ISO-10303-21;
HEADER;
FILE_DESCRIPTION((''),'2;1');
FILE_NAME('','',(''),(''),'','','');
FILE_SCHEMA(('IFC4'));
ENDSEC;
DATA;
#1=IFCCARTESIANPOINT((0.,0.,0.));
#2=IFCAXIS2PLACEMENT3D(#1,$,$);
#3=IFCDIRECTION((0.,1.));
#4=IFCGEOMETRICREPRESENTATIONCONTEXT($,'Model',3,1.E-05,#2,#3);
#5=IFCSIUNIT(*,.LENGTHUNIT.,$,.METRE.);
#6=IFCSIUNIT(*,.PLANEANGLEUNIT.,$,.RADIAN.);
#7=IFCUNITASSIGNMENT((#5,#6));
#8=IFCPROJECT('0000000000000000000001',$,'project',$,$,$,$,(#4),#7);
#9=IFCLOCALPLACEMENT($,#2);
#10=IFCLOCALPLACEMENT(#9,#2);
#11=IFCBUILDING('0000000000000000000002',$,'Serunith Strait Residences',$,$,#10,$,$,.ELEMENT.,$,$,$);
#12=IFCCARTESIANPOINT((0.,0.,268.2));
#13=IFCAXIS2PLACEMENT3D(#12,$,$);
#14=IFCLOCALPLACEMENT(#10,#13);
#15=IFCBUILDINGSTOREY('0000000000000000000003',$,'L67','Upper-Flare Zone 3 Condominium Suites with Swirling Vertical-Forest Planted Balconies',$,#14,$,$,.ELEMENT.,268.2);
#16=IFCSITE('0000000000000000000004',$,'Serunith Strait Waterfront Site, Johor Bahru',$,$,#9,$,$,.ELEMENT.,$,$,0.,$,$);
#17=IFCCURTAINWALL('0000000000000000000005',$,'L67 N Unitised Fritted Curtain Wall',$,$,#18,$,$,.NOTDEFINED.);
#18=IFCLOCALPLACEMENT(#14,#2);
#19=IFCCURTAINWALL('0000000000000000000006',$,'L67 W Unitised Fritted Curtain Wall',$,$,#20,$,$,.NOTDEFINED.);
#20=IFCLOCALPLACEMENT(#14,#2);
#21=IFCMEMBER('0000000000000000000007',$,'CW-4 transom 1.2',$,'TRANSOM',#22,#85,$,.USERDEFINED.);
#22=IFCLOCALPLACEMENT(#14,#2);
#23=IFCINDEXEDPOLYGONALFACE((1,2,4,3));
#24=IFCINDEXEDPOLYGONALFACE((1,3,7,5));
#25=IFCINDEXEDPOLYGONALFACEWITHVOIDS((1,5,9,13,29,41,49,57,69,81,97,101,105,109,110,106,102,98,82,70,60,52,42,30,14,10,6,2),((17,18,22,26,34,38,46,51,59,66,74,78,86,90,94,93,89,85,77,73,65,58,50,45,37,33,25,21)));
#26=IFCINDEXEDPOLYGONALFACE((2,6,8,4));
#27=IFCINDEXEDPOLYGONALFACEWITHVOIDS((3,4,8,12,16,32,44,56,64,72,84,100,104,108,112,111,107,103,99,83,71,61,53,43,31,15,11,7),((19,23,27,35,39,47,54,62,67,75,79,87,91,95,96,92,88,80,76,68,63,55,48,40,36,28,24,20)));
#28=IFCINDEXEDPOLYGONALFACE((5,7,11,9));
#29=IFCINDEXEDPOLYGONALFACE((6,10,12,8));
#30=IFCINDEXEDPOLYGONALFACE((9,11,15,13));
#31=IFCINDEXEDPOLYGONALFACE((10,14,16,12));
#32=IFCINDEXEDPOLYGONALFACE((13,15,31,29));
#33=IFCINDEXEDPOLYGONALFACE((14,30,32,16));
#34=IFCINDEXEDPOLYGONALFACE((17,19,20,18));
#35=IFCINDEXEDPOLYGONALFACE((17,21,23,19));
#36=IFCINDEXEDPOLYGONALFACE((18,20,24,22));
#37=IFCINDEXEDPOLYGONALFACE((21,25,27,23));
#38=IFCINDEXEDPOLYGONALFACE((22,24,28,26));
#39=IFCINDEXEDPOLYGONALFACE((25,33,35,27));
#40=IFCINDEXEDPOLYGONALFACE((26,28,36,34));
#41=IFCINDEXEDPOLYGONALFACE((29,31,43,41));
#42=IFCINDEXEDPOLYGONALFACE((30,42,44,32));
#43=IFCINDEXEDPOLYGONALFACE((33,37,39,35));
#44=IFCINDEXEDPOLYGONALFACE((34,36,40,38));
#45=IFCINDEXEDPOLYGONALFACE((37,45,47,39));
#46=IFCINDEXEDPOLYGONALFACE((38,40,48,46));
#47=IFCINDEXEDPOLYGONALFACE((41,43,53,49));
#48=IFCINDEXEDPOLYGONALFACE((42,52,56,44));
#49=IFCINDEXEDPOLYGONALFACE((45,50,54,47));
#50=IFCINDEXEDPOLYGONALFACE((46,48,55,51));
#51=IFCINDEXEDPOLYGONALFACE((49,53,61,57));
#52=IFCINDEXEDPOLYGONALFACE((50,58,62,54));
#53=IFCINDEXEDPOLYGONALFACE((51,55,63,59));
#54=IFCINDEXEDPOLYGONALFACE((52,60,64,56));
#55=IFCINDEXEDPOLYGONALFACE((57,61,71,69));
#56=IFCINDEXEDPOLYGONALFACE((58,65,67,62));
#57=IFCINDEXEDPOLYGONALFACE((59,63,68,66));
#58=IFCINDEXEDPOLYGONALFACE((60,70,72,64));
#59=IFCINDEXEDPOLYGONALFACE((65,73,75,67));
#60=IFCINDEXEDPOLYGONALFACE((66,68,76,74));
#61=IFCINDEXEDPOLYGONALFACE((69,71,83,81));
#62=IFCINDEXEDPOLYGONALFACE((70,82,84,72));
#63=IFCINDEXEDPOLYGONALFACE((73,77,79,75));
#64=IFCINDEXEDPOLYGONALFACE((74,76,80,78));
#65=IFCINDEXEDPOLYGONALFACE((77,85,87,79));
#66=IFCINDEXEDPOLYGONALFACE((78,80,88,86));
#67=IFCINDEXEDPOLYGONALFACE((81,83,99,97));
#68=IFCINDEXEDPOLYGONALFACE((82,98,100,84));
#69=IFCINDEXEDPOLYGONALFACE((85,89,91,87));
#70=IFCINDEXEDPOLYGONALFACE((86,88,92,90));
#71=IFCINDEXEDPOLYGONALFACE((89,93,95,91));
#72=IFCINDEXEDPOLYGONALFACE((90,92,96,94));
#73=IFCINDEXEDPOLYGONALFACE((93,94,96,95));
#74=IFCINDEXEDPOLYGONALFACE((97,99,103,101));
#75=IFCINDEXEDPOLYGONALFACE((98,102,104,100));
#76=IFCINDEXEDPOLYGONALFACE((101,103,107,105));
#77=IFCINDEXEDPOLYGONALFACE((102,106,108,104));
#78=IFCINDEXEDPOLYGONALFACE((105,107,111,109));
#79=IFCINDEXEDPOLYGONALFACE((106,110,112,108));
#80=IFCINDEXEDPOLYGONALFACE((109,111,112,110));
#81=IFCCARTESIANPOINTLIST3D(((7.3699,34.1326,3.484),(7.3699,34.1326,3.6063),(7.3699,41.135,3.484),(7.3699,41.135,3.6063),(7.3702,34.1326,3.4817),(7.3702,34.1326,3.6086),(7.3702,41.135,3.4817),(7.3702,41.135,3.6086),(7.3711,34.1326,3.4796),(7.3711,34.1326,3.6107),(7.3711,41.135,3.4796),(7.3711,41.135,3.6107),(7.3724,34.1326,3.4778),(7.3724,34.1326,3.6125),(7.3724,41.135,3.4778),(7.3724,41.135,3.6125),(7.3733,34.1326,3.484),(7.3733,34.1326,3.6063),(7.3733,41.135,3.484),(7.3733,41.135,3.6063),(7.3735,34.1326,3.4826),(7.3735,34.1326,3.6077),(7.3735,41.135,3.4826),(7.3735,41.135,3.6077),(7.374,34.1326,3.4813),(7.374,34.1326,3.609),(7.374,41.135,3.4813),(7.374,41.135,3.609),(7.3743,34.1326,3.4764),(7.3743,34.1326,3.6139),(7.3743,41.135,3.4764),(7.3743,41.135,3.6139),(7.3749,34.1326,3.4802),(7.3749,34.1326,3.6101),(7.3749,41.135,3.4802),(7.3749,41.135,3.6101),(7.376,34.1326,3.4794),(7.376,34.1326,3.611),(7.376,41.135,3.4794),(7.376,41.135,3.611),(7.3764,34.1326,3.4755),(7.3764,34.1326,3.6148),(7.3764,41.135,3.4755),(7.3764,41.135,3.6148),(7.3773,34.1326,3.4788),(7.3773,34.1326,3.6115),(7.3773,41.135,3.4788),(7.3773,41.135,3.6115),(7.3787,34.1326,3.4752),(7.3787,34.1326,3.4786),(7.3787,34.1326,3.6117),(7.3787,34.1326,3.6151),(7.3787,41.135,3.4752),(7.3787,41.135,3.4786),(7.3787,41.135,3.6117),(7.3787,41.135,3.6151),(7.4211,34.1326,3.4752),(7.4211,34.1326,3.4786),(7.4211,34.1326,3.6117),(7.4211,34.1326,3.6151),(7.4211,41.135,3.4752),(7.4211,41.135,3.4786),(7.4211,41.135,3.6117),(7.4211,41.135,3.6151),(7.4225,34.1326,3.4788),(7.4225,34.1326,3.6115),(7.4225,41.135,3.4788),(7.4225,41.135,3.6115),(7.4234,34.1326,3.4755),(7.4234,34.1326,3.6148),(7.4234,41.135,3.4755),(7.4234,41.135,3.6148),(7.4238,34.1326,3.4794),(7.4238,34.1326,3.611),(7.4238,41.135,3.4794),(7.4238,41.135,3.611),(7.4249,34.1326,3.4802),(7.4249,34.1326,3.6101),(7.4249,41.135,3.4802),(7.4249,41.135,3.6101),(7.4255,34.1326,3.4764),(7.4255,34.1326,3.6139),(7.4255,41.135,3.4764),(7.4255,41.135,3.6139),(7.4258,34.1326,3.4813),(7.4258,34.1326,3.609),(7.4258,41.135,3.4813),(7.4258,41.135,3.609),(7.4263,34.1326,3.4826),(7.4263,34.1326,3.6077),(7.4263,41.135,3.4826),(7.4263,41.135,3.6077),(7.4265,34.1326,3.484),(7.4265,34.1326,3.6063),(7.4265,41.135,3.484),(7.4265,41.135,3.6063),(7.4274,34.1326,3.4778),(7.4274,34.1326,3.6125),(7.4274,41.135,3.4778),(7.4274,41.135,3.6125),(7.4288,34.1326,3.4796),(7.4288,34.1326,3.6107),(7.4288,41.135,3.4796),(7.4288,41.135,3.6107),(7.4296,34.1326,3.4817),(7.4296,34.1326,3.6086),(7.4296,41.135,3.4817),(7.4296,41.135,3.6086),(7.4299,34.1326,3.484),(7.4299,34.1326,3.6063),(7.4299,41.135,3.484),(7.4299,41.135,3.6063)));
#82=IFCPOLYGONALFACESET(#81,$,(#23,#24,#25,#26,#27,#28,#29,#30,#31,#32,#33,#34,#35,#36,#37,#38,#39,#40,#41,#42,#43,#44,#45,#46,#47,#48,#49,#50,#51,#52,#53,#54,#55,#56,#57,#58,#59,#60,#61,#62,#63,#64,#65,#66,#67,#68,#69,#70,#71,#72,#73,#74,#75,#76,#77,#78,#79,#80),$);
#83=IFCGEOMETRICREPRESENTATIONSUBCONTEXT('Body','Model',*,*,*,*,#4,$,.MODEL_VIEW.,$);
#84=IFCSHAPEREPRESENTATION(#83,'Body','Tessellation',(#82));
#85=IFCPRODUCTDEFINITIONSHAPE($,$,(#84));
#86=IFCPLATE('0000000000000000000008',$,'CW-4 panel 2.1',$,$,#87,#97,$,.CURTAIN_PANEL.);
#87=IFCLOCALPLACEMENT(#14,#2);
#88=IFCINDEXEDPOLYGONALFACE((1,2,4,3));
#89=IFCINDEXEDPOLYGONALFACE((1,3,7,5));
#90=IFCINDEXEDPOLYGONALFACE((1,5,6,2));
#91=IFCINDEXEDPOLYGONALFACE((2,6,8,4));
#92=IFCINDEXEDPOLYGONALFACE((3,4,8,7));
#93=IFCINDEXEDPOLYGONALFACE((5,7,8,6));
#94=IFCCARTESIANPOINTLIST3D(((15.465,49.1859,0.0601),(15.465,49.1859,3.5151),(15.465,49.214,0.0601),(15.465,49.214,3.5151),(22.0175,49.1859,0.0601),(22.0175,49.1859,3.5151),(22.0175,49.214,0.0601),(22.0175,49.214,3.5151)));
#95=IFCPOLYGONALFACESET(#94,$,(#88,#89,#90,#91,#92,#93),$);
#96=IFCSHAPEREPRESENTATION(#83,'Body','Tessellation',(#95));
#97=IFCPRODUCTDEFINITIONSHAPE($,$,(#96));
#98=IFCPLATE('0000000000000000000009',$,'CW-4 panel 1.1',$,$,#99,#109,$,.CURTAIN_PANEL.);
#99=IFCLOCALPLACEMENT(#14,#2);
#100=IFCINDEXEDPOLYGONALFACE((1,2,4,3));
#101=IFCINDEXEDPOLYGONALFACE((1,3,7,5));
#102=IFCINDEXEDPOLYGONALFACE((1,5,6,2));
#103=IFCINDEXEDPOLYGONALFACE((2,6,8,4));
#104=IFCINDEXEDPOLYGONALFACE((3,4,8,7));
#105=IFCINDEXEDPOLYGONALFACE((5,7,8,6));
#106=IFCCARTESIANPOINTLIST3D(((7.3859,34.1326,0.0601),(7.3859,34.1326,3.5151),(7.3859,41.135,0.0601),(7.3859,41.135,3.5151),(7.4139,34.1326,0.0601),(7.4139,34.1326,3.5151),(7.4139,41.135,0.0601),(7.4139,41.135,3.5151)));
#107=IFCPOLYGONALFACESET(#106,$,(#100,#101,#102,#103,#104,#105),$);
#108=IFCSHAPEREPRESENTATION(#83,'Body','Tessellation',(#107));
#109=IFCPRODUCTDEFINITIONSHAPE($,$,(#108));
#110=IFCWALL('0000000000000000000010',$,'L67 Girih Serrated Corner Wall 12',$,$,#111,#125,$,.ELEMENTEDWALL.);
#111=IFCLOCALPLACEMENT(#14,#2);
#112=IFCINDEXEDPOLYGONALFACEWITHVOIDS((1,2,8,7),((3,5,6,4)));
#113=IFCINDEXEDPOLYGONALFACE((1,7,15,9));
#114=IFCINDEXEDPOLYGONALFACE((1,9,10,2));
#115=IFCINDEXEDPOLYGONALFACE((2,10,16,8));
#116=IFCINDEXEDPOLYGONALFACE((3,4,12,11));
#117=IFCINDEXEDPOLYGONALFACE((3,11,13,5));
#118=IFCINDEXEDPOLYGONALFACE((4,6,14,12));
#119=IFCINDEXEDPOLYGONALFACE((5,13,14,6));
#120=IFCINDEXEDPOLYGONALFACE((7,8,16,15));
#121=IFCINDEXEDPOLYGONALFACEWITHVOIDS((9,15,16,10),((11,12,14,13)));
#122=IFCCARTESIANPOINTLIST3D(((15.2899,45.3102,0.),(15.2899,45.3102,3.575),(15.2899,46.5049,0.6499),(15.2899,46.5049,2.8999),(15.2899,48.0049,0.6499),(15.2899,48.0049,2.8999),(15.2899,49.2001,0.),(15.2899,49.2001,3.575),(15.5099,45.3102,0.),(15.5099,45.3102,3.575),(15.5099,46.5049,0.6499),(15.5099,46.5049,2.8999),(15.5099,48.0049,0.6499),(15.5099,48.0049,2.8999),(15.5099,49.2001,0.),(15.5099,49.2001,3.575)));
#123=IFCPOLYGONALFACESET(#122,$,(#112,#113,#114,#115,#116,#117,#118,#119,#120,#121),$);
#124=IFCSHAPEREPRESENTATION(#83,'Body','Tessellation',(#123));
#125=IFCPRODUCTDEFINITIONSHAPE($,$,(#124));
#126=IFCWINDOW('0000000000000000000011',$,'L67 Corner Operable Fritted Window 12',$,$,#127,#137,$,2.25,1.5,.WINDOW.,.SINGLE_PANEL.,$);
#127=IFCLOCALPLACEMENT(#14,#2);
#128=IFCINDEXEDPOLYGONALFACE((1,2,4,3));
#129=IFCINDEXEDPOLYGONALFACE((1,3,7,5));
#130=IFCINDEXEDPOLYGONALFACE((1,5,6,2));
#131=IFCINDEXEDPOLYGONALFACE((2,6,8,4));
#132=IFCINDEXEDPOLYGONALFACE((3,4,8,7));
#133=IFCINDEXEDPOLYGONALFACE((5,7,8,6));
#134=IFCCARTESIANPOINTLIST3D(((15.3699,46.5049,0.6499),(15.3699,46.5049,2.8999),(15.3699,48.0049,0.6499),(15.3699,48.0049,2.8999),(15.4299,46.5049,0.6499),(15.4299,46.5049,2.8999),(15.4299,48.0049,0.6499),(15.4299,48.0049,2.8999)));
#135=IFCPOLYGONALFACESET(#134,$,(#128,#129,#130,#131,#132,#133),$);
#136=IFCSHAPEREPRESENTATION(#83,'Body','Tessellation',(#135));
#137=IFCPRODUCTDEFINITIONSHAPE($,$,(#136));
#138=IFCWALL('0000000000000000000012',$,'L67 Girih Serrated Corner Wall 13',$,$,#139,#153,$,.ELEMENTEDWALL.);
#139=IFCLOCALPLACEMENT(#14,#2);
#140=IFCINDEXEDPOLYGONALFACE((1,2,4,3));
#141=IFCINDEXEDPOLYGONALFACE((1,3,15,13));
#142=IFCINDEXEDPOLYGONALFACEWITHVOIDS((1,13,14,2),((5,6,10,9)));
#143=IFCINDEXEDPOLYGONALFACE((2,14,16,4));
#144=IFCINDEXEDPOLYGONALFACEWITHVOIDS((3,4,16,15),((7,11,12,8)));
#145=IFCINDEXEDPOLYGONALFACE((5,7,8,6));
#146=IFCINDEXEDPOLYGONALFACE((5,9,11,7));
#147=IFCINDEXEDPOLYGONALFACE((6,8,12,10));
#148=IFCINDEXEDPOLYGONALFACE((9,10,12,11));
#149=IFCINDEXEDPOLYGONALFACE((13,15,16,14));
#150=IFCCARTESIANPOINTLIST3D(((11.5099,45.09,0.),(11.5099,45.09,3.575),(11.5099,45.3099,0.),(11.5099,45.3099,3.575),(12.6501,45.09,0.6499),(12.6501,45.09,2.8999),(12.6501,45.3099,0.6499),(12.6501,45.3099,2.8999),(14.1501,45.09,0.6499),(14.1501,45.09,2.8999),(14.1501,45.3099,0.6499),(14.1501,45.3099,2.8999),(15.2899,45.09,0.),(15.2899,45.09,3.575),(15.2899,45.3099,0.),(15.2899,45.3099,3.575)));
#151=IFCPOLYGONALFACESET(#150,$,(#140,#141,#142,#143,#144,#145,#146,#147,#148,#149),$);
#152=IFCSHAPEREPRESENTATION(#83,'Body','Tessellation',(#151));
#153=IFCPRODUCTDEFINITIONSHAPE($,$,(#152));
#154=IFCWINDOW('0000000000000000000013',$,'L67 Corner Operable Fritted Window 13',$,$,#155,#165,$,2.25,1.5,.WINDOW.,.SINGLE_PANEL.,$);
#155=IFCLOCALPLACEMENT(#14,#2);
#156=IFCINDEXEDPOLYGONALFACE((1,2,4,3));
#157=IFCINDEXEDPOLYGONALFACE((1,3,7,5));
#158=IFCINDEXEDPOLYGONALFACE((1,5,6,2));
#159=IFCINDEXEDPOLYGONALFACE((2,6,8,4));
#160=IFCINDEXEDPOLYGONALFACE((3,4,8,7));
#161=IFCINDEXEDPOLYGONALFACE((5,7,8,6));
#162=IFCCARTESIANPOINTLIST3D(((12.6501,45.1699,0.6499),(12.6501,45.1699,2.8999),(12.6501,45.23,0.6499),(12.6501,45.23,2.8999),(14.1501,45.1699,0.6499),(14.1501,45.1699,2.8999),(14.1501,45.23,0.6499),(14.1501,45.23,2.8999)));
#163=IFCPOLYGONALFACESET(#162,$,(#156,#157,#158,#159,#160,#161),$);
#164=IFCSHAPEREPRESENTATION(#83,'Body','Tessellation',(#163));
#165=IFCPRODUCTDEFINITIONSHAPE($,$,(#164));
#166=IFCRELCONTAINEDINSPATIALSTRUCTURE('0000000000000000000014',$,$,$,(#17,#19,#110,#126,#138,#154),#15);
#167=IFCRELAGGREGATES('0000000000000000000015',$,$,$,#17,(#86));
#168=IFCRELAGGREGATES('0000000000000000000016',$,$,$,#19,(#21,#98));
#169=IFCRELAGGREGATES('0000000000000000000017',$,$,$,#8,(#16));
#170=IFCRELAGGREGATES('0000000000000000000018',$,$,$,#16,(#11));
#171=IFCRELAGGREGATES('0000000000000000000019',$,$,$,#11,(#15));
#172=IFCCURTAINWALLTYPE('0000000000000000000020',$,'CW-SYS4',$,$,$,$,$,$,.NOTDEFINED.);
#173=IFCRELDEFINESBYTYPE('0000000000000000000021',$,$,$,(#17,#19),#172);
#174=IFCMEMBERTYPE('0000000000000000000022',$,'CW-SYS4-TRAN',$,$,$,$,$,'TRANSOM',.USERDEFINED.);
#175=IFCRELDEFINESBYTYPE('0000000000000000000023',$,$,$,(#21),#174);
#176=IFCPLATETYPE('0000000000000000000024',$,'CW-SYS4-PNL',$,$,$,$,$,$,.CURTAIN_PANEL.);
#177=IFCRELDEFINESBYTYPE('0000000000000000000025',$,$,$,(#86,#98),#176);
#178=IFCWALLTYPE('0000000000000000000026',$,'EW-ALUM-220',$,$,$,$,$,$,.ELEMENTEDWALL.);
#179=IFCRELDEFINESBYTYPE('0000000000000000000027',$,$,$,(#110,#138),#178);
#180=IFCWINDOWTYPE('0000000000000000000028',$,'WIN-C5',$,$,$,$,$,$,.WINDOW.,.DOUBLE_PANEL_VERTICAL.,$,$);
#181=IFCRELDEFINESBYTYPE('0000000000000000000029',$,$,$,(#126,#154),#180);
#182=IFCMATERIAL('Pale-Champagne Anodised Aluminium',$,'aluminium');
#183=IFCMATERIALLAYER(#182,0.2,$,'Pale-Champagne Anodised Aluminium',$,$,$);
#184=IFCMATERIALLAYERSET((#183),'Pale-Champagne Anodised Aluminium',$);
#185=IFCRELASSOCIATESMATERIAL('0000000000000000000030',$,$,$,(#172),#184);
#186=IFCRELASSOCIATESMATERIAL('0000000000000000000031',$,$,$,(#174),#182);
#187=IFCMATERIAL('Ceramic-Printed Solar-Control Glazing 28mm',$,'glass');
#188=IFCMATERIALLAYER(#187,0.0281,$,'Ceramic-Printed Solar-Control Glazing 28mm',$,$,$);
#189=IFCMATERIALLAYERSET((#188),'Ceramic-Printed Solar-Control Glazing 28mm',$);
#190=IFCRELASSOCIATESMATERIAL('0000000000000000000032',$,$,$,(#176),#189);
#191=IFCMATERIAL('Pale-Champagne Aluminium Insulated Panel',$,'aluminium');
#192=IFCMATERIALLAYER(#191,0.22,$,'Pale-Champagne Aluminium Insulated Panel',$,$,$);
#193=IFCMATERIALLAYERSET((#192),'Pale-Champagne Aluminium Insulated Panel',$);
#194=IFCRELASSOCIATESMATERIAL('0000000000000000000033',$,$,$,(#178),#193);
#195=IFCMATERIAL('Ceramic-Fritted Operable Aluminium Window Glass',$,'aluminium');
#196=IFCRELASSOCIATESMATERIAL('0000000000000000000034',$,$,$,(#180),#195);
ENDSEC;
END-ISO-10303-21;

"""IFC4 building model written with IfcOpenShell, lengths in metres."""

from ifc_helpers import new_model, si_unit, direction, frame, frame_2d, origin, origin_2d, place, context, subcontext, project, spatial, rectangle, hollow_rectangle, extrude, source, transform, mapped, material, layer, layer_set, material_profile, profile_set, type_object, element, fill, aggregate, save


model = new_model("IFC4")

# Units and contexts
model_context = context("Model", 3, precision=1e-05, world=origin(), true_north=direction((0.0, 1.0)))
body_context = subcontext(model_context, "Body", "Model", "MODEL_VIEW")
ifc_project = project(units=[si_unit("LENGTHUNIT", "METRE"), si_unit("PLANEANGLEUNIT", "RADIAN")], contexts=[model_context])

# Site, building, storey
site_placement = place(None, origin())
site = spatial("IfcSite", under=ifc_project, at=site_placement, Name="Serunith Strait Waterfront Site, Johor Bahru", CompositionType="ELEMENT", RefElevation=0.0)
building_placement = place(site_placement, origin())
building = spatial("IfcBuilding", under=site, at=building_placement, Name="Serunith Strait Residences", CompositionType="ELEMENT")
storey_placement = place(building_placement, frame((0.0, 0.0, 268.2)))
storey = spatial("IfcBuildingStorey", under=building, at=storey_placement, Name="L67", Description="Upper-Flare Zone 3 Condominium Suites with Swirling Vertical-Forest Planted Balconies", CompositionType="ELEMENT", Elevation=268.2)

# Curtain wall
ifc_material_1 = material(Name="Pale-Champagne Anodised Aluminium", Category="aluminium")
ifc_layer_1 = layer(ifc_material_1, 0.2, Name="Pale-Champagne Anodised Aluminium")
ifc_layer_set_1 = layer_set([ifc_layer_1], Name="Pale-Champagne Anodised Aluminium")
curtain_wall_type = type_object("IfcCurtainWallType", Name="CW-SYS4", PredefinedType="NOTDEFINED", material=ifc_layer_set_1)
curtain_wall_1_placement = place(storey_placement, origin())
curtain_wall_1 = element("IfcCurtainWall", 1, at=curtain_wall_1_placement, inside=storey, type_object=curtain_wall_type, Name="L67 N Unitised Fritted Curtain Wall", PredefinedType="NOTDEFINED")

# Curtain wall, member
curtain_wall_2_placement = place(storey_placement, origin())
curtain_wall_2 = element("IfcCurtainWall", 2, at=curtain_wall_2_placement, inside=storey, type_object=curtain_wall_type, Name="L67 W Unitised Fritted Curtain Wall", PredefinedType="NOTDEFINED")
ifc_material_profile_1 = material_profile(ifc_material_1, hollow_rectangle(XDim=0.0601, YDim=0.1399, WallThickness=0.0034, InnerFilletRadius=0.0054, OuterFilletRadius=0.0088, at=origin_2d()), Name="ALU 140x60x3.5")
ifc_profile_set_1 = profile_set([ifc_material_profile_1], Name="Pale-Champagne Anodised Aluminium")
member_type_1 = type_object("IfcMemberType", Name="CW-SYS4-TRAN", ElementType="TRANSOM", PredefinedType="USERDEFINED", material=ifc_profile_set_1)
shared_shape_1 = source(origin(), body_context, "Body", "SweptSolid", [
    extrude(hollow_rectangle(XDim=0.0601, YDim=0.1399, WallThickness=0.0034, InnerFilletRadius=0.0054, OuterFilletRadius=0.0088, at=origin_2d()), origin(), (0.0, 0.0, 1.0), 7.0024),
])
member_1_placement = place(storey_placement, frame((7.3999, 41.135, 3.5452), z_axis=(0.0, -1.0, 0.0), x_axis=(1.0, 0.0, 0.0)))
member_1 = element("IfcMember", 3, at=member_1_placement, type_object=member_type_1, Name="CW-4 transom 1.2", ObjectType="TRANSOM", PredefinedType="USERDEFINED", context=body_context, shape_type="MappedRepresentation", body=[
    mapped(shared_shape_1, transform((0.0, 0.0, 0.0), scale=1.0)),
])

# Plates
ifc_material_2 = material(Name="Ceramic-Printed Solar-Control Glazing 28mm", Category="glass")
ifc_layer_2 = layer(ifc_material_2, 0.0281, Name="Ceramic-Printed Solar-Control Glazing 28mm")
ifc_layer_set_2 = layer_set([ifc_layer_2], Name="Ceramic-Printed Solar-Control Glazing 28mm")
plate_type = type_object("IfcPlateType", Name="CW-SYS4-PNL", PredefinedType="CURTAIN_PANEL", material=ifc_layer_set_2)
shared_shape_2 = source(origin(), body_context, "Body", "SweptSolid", [
    extrude(rectangle(XDim=6.5525, YDim=0.0281, at=origin_2d()), origin(), (0.0, 0.0, 1.0), 3.4551),
])
plate_1_placement = place(storey_placement, frame((18.7412, 49.2, 0.0601), z_axis=(0.0, 0.0, 1.0), x_axis=(-1.0, 0.0, 0.0)))
plate_1 = element("IfcPlate", 4, at=plate_1_placement, type_object=plate_type, Name="CW-4 panel 2.1", PredefinedType="CURTAIN_PANEL", context=body_context, shape_type="MappedRepresentation", body=[
    mapped(shared_shape_2, transform((0.0, 0.0, 0.0), scale=1.0)),
])
aggregate(curtain_wall_1, [plate_1])
shared_shape_3 = source(origin(), body_context, "Body", "SweptSolid", [
    extrude(rectangle(XDim=7.0024, YDim=0.0281, at=origin_2d()), origin(), (0.0, 0.0, 1.0), 3.4551),
])
plate_2_placement = place(storey_placement, frame((7.3999, 37.6338, 0.0601), z_axis=(0.0, 0.0, 1.0), x_axis=(0.0, -1.0, 0.0)))
plate_2 = element("IfcPlate", 5, at=plate_2_placement, type_object=plate_type, Name="CW-4 panel 1.1", PredefinedType="CURTAIN_PANEL", context=body_context, shape_type="MappedRepresentation", body=[
    mapped(shared_shape_3, transform((0.0, 0.0, 0.0), scale=1.0)),
])
aggregate(curtain_wall_2, [member_1, plate_2])

# Walls, openings, windows
ifc_material_3 = material(Name="Pale-Champagne Aluminium Insulated Panel", Category="aluminium")
ifc_layer_3 = layer(ifc_material_3, 0.22, Name="Pale-Champagne Aluminium Insulated Panel")
ifc_layer_set_3 = layer_set([ifc_layer_3], Name="Pale-Champagne Aluminium Insulated Panel")
wall_type = type_object("IfcWallType", Name="EW-ALUM-220", PredefinedType="ELEMENTEDWALL", material=ifc_layer_set_3)
wall_1_placement = place(storey_placement, frame((15.3999, 49.2, 0.0), z_axis=(0.0, 0.0, 1.0), x_axis=(0.0, -1.0, 0.0)))
wall_1 = element("IfcWall", 6, at=wall_1_placement, inside=storey, type_object=wall_type, Name="L67 Girih Serrated Corner Wall 12", PredefinedType="ELEMENTEDWALL", context=body_context, shape_type="SweptSolid", body=[
    extrude(rectangle(XDim=3.8899, YDim=0.22, at=frame_2d((1.9448, 0.0))), origin(), (0.0, 0.0, 1.0), 3.575),
])
opening_1_placement = place(wall_1_placement, frame((1.1951, 0.0, 0.6499)))
opening_1 = element("IfcOpeningElement", 7, at=opening_1_placement, cuts=wall_1, PredefinedType="OPENING", context=body_context, shape_type="SweptSolid", body=[
    extrude(rectangle(XDim=1.5, YDim=2.25, at=frame_2d((0.75, 1.125))), frame((0.0, 0.1201, 0.0), z_axis=(0.0, -1.0, 0.0), x_axis=(1.0, 0.0, 0.0)), (0.0, 0.0, 1.0), 0.24),
])
ifc_material_4 = material(Name="Ceramic-Fritted Operable Aluminium Window Glass", Category="aluminium")
window_type = type_object("IfcWindowType", Name="WIN-C5", PartitioningType="DOUBLE_PANEL_VERTICAL", PredefinedType="WINDOW", material=ifc_material_4)
shared_shape_4 = source(origin(), body_context, "Body", "SweptSolid", [
    extrude(rectangle(XDim=1.5, YDim=2.25, at=frame_2d((0.75, 1.125))), frame((0.0, 0.03, 0.0), z_axis=(0.0, -1.0, 0.0), x_axis=(1.0, 0.0, 0.0)), (0.0, 0.0, 1.0), 0.0601),
])
window_1_placement = place(opening_1_placement, origin())
window_1 = element("IfcWindow", 8, at=window_1_placement, inside=storey, type_object=window_type, Name="L67 Corner Operable Fritted Window 12", OverallHeight=2.25, OverallWidth=1.5, PartitioningType="SINGLE_PANEL", PredefinedType="WINDOW", context=body_context, shape_type="MappedRepresentation", body=[
    mapped(shared_shape_4, transform((0.0, 0.0, 0.0), scale=1.0)),
])
fill(opening_1, window_1)
wall_2_placement = place(storey_placement, frame((15.29, 45.2, 0.0), z_axis=(0.0, 0.0, 1.0), x_axis=(-1.0, 0.0, 0.0)))
wall_2 = element("IfcWall", 9, at=wall_2_placement, inside=storey, type_object=wall_type, Name="L67 Girih Serrated Corner Wall 13", PredefinedType="ELEMENTEDWALL", context=body_context, shape_type="SweptSolid", body=[
    extrude(rectangle(XDim=3.78, YDim=0.22, at=frame_2d((1.8901, 0.0))), origin(), (0.0, 0.0, 1.0), 3.575),
])
opening_2_placement = place(wall_2_placement, frame((1.1399, 0.0, 0.6499)))
opening_2 = element("IfcOpeningElement", 10, at=opening_2_placement, cuts=wall_2, PredefinedType="OPENING", context=body_context, shape_type="SweptSolid", body=[
    extrude(rectangle(XDim=1.5, YDim=2.25, at=frame_2d((0.75, 1.125))), frame((0.0, 0.1201, 0.0), z_axis=(0.0, -1.0, 0.0), x_axis=(1.0, 0.0, 0.0)), (0.0, 0.0, 1.0), 0.24),
])
window_2_placement = place(opening_2_placement, origin())
window_2 = element("IfcWindow", 11, at=window_2_placement, inside=storey, type_object=window_type, Name="L67 Corner Operable Fritted Window 13", OverallHeight=2.25, OverallWidth=1.5, PartitioningType="SINGLE_PANEL", PredefinedType="WINDOW", context=body_context, shape_type="MappedRepresentation", body=[
    mapped(shared_shape_4, transform((0.0, 0.0, 0.0), scale=1.0)),
])
fill(opening_2, window_2)

save(model, "model.ifc")
